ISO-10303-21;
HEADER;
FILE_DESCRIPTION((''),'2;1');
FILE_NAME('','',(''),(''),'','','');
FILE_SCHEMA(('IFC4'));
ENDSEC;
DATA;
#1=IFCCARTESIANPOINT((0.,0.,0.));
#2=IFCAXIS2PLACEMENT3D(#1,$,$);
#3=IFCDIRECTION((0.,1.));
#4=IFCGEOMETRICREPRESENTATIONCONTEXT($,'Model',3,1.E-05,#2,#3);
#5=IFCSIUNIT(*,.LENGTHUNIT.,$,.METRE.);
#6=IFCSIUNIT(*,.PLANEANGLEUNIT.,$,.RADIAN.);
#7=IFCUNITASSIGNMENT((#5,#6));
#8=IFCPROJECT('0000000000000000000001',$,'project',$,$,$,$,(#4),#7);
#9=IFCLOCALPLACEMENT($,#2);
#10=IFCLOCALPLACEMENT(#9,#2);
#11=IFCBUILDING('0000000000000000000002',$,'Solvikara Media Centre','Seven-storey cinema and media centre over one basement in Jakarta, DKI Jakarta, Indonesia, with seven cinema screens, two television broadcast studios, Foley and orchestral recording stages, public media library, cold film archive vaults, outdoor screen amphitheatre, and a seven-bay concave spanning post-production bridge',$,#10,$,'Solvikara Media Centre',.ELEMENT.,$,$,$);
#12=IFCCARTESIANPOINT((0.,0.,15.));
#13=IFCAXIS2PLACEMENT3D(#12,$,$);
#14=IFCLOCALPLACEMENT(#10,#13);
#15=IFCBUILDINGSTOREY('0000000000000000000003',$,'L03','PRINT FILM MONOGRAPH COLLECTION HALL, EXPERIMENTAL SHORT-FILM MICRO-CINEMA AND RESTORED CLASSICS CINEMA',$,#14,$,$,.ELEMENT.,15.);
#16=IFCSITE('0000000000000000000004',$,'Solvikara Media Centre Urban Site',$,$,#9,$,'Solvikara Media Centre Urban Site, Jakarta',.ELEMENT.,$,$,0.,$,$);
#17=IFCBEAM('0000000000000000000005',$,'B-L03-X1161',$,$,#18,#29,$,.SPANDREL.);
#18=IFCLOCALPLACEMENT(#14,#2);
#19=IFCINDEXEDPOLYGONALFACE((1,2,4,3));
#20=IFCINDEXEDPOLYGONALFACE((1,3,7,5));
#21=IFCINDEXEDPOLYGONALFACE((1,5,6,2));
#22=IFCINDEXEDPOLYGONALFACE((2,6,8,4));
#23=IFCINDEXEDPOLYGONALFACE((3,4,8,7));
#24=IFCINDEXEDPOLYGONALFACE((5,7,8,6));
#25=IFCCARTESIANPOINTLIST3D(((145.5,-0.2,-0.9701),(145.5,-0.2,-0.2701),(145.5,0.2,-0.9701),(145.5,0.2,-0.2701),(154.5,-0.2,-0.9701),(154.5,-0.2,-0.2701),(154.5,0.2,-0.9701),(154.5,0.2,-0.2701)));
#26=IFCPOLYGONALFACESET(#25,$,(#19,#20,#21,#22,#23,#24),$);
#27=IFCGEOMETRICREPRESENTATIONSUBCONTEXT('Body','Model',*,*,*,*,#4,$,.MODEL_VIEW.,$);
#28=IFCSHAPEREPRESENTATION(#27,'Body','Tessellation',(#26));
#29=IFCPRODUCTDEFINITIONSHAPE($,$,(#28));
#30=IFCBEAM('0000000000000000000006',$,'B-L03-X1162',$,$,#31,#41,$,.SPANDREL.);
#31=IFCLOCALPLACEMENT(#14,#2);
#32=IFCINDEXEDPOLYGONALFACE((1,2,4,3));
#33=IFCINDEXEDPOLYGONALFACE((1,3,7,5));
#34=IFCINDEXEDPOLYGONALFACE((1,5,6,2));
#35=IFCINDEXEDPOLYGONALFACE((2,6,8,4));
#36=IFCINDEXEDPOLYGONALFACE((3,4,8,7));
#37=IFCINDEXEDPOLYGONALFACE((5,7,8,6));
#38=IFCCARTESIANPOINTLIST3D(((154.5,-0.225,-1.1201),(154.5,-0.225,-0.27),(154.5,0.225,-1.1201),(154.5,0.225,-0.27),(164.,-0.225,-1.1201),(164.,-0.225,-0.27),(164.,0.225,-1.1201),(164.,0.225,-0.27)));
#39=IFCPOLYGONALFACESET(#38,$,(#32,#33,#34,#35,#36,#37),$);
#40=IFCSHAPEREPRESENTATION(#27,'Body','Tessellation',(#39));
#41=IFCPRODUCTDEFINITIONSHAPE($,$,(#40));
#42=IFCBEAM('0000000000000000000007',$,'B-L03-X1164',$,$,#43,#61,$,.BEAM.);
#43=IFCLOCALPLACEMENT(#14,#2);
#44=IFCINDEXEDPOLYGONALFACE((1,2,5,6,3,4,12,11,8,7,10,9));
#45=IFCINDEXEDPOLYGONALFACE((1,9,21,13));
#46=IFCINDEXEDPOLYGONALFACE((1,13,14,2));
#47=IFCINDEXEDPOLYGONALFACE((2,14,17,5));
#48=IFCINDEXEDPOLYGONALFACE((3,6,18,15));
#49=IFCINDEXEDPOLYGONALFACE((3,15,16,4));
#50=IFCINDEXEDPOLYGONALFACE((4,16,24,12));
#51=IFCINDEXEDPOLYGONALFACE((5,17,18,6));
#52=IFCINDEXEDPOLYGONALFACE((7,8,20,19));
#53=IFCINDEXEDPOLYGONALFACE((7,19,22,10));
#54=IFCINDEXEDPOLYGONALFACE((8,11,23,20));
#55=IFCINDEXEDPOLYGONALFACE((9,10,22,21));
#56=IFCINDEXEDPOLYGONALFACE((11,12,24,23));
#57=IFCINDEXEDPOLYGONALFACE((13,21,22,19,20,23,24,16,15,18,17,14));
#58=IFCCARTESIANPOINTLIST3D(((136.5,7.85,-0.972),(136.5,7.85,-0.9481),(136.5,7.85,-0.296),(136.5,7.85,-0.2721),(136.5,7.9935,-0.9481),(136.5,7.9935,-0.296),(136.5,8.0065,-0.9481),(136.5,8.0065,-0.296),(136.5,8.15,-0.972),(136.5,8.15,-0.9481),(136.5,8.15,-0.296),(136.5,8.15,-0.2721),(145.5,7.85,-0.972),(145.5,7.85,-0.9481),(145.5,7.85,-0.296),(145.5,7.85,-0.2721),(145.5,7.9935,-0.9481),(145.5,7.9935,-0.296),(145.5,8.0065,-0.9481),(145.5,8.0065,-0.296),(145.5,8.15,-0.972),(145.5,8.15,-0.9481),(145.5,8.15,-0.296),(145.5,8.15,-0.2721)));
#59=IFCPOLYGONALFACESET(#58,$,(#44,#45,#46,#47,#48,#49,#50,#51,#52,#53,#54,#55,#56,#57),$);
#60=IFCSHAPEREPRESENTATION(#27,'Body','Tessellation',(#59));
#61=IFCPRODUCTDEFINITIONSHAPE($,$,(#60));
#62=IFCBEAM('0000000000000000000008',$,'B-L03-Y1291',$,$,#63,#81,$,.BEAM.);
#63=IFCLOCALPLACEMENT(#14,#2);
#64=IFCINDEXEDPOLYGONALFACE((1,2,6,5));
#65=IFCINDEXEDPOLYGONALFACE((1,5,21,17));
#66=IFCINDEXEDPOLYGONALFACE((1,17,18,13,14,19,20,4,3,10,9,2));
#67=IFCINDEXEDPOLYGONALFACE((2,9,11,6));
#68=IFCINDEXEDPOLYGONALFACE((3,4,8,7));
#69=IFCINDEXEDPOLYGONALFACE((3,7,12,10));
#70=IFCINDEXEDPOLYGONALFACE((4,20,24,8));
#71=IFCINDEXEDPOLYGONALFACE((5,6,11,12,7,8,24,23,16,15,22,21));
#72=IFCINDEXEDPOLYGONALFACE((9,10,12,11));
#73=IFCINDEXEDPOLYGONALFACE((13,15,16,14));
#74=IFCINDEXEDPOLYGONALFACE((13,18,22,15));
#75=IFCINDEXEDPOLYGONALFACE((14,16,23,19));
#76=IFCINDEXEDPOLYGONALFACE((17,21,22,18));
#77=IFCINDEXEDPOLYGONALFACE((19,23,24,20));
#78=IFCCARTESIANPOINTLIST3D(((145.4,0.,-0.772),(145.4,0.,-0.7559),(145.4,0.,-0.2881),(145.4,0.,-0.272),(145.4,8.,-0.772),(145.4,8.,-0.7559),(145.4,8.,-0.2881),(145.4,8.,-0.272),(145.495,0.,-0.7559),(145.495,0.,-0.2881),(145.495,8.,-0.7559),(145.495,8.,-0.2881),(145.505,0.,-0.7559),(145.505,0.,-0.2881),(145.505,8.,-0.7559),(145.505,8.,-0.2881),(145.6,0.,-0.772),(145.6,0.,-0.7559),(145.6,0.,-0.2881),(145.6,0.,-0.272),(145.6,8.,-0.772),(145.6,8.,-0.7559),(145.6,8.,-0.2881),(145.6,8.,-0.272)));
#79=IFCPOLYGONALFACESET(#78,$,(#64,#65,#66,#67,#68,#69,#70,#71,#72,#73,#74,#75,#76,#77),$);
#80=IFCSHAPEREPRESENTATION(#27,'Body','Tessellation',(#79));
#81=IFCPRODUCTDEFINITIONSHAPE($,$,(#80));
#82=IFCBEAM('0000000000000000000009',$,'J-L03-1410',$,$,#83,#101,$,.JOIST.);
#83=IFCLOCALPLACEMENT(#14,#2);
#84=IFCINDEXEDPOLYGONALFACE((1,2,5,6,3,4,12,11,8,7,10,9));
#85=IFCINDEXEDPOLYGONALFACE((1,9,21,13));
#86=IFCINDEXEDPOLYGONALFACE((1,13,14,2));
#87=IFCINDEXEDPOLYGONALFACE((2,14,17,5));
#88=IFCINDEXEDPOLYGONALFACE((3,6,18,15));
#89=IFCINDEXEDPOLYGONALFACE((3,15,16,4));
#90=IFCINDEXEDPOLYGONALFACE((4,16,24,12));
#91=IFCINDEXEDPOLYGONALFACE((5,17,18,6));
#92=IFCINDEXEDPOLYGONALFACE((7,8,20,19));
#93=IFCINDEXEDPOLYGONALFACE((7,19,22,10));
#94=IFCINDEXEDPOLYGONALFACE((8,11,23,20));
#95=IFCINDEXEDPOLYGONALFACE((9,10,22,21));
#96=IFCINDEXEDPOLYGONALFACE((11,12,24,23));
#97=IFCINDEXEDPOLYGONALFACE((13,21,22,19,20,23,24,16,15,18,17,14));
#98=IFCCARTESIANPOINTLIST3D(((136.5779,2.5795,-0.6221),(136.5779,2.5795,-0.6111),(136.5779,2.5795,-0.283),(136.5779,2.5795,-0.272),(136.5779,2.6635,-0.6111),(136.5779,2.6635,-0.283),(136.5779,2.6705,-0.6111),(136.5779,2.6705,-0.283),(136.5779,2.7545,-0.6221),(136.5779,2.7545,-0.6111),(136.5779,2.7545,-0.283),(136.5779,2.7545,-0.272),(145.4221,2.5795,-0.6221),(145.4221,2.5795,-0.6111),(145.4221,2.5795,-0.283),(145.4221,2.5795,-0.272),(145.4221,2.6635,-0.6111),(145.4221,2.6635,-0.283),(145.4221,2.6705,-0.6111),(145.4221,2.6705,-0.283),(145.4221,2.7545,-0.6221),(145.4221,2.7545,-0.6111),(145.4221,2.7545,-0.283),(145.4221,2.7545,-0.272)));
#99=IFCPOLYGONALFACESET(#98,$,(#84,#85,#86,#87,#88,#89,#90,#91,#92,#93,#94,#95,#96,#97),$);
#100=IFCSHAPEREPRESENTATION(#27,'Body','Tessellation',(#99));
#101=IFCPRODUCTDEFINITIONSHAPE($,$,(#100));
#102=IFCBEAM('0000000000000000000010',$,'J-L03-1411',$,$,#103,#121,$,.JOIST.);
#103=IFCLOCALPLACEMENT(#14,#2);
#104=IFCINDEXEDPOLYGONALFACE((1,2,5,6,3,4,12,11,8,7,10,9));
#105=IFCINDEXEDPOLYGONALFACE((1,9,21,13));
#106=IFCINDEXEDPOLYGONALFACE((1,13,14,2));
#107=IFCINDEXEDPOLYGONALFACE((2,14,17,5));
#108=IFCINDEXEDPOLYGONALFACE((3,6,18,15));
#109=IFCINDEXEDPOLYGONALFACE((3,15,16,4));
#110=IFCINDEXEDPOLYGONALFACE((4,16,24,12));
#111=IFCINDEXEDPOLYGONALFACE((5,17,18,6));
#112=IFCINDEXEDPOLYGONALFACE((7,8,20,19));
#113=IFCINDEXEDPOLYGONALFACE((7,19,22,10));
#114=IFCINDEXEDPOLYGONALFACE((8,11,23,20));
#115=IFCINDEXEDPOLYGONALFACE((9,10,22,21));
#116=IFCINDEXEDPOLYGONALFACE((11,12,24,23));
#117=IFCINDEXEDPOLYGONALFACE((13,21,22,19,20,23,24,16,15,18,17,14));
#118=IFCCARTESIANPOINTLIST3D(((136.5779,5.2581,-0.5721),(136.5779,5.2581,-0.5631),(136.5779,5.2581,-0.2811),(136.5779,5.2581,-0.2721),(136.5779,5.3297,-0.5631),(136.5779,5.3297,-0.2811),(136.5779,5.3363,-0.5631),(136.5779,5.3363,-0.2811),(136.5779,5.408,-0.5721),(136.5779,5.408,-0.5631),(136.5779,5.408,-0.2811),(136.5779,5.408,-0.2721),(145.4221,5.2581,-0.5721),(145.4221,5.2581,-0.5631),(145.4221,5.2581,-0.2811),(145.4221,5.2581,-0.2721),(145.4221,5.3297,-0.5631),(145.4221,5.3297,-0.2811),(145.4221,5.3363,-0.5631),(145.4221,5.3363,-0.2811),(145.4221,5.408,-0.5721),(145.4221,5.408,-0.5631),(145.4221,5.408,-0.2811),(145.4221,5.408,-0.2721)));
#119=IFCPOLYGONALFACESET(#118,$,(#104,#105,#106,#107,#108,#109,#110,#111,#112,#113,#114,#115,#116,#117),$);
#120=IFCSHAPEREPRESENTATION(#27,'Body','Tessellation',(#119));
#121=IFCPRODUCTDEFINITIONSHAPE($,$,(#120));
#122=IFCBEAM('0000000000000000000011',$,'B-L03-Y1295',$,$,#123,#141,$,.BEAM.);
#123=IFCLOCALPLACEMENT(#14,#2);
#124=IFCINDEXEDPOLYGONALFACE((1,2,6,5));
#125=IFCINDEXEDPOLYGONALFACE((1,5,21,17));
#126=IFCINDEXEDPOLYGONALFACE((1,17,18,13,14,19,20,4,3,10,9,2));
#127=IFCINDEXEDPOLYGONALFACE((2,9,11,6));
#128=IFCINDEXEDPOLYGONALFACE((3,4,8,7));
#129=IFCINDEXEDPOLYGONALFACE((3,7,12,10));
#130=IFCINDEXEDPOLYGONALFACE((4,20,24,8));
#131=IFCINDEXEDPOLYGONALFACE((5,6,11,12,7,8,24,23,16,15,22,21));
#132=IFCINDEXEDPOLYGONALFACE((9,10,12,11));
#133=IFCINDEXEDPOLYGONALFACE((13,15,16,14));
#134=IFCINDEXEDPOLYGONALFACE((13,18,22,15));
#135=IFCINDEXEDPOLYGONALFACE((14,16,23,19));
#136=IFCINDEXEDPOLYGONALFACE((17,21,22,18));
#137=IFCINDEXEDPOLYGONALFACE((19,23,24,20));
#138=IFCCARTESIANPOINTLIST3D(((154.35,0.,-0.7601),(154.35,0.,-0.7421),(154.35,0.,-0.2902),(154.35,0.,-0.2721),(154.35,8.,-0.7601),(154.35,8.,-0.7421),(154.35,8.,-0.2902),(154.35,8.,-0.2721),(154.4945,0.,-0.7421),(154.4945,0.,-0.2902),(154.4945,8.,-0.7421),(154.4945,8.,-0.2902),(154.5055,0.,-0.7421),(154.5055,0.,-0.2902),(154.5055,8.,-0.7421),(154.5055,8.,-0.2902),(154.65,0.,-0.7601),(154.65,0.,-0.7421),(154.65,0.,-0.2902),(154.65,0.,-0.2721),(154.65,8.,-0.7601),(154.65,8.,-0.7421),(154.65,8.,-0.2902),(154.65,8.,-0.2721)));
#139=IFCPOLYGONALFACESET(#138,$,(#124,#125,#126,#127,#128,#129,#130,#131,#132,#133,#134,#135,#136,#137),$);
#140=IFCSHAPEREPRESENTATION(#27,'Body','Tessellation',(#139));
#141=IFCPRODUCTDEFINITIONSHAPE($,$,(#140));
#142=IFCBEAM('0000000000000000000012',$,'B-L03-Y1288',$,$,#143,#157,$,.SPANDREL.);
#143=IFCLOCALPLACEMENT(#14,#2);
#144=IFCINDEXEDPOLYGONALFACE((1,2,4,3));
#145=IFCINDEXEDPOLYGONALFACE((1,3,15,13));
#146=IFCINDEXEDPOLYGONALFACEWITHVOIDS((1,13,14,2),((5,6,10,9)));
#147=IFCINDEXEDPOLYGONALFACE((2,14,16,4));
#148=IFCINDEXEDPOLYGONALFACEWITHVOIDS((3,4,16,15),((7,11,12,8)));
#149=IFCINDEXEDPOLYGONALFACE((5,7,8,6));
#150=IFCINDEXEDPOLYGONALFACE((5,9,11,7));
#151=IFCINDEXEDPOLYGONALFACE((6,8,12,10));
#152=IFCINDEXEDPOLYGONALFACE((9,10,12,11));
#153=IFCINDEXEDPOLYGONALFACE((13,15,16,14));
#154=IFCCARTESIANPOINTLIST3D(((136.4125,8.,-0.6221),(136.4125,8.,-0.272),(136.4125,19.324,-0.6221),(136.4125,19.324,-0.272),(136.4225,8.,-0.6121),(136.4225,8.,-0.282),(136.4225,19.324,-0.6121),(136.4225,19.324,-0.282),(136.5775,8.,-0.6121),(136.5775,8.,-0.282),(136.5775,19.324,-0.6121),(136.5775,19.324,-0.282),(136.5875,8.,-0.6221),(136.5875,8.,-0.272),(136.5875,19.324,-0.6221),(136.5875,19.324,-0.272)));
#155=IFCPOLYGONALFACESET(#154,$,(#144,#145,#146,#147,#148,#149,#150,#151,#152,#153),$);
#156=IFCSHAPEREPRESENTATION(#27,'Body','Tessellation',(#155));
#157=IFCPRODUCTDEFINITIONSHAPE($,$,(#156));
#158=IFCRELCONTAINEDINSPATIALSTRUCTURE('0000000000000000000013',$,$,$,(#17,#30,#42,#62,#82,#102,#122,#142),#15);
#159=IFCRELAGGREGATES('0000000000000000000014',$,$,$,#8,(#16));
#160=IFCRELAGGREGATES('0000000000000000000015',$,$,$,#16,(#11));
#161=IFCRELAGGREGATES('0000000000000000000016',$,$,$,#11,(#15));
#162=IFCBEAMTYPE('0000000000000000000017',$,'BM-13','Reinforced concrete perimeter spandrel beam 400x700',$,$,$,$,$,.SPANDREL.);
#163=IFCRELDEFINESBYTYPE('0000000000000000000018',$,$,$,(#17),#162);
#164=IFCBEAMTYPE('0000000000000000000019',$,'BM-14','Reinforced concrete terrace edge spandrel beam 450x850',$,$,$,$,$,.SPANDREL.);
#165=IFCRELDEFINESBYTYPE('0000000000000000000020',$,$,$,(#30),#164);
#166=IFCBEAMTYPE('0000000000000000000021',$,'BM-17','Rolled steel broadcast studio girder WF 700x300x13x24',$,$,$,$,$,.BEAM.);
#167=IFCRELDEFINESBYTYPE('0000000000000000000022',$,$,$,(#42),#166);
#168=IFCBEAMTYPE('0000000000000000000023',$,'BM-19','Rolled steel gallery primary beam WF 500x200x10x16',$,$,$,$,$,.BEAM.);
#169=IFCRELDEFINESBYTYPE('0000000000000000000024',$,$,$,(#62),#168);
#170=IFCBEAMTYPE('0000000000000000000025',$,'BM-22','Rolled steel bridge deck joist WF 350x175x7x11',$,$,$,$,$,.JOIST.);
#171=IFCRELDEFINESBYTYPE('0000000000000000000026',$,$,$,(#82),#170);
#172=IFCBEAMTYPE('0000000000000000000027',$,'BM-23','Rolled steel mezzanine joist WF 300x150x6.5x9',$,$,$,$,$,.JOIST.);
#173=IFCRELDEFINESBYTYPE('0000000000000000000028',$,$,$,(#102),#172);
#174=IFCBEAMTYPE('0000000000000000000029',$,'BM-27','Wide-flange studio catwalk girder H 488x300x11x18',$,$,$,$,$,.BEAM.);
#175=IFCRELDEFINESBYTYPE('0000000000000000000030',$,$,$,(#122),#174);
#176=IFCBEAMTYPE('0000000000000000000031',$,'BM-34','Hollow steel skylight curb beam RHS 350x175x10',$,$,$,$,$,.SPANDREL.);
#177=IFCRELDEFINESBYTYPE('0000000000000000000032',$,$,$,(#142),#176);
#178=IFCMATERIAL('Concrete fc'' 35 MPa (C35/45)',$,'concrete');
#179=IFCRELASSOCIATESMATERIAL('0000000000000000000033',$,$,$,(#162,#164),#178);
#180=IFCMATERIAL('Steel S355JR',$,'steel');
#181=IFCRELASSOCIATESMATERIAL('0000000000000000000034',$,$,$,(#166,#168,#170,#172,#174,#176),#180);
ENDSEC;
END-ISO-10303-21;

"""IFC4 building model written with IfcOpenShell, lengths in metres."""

from ifc_helpers import new_model, si_unit, direction, frame, origin, origin_2d, place, context, subcontext, project, spatial, rectangle, hollow_rectangle, i_section, extrude, material, material_profile, profile_set, type_object, element, save


model = new_model("IFC4")

# Units and contexts
model_context = context("Model", 3, precision=1e-05, world=origin(), true_north=direction((0.0, 1.0)))
body_context = subcontext(model_context, "Body", "Model", "MODEL_VIEW")
ifc_project = project(units=[si_unit("LENGTHUNIT", "METRE"), si_unit("PLANEANGLEUNIT", "RADIAN")], contexts=[model_context])

# Site, building, storey
site_placement = place(None, origin())
site = spatial("IfcSite", under=ifc_project, at=site_placement, Name="Solvikara Media Centre Urban Site", LongName="Solvikara Media Centre Urban Site, Jakarta", CompositionType="ELEMENT", RefElevation=0.0)
building_placement = place(site_placement, origin())
building = spatial("IfcBuilding", under=site, at=building_placement, Name="Solvikara Media Centre", Description="Seven-storey cinema and media centre over one basement in Jakarta, DKI Jakarta, Indonesia, with seven cinema screens, two television broadcast studios, Foley and orchestral recording stages, public media library, cold film archive vaults, outdoor screen amphitheatre, and a seven-bay concave spanning post-production bridge", LongName="Solvikara Media Centre", CompositionType="ELEMENT")
storey_placement = place(building_placement, frame((0.0, 0.0, 15.0)))
storey = spatial("IfcBuildingStorey", under=building, at=storey_placement, Name="L03", Description="PRINT FILM MONOGRAPH COLLECTION HALL, EXPERIMENTAL SHORT-FILM MICRO-CINEMA AND RESTORED CLASSICS CINEMA", CompositionType="ELEMENT", Elevation=15.0)

# Beams
ifc_material_1 = material(Name="Concrete fc' 35 MPa (C35/45)", Category="concrete")
ifc_material_profile_1 = material_profile(ifc_material_1, rectangle(XDim=0.3999, YDim=0.7, at=origin_2d()), Name="RC 400x700")
ifc_profile_set_1 = profile_set([ifc_material_profile_1], Name="Concrete fc' 35 MPa (C35/45)")
beam_type_1 = type_object("IfcBeamType", Name="BM-13", Description="Reinforced concrete perimeter spandrel beam 400x700", PredefinedType="SPANDREL", material=ifc_profile_set_1)
beam_1_placement = place(storey_placement, frame((145.5, 0.0, -0.6201), z_axis=(1.0, 0.0, 0.0), x_axis=(0.0, 1.0, 0.0)))
element("IfcBeam", 1, at=beam_1_placement, inside=storey, type_object=beam_type_1, Name="B-L03-X1161", PredefinedType="SPANDREL", context=body_context, shape_type="SweptSolid", body=[
    extrude(rectangle(XDim=0.3999, YDim=0.7, at=origin_2d()), origin(), (0.0, 0.0, 1.0), 9.0),
])
ifc_material_profile_2 = material_profile(ifc_material_1, rectangle(XDim=0.45, YDim=0.8501, at=origin_2d()), Name="RC 450x850")
ifc_profile_set_2 = profile_set([ifc_material_profile_2], Name="Concrete fc' 35 MPa (C35/45)")
beam_type_2 = type_object("IfcBeamType", Name="BM-14", Description="Reinforced concrete terrace edge spandrel beam 450x850", PredefinedType="SPANDREL", material=ifc_profile_set_2)
beam_2_placement = place(storey_placement, frame((154.5, 0.0, -0.6951), z_axis=(1.0, 0.0, 0.0), x_axis=(0.0, 1.0, 0.0)))
element("IfcBeam", 2, at=beam_2_placement, inside=storey, type_object=beam_type_2, Name="B-L03-X1162", PredefinedType="SPANDREL", context=body_context, shape_type="SweptSolid", body=[
    extrude(rectangle(XDim=0.45, YDim=0.8501, at=origin_2d()), origin(), (0.0, 0.0, 1.0), 9.5),
])
ifc_material_2 = material(Name="Steel S355JR", Category="steel")
ifc_material_profile_3 = material_profile(ifc_material_2, i_section(OverallWidth=0.3, OverallDepth=0.7, WebThickness=0.0129, FlangeThickness=0.0239, at=origin_2d()), Name="WF 700x300x13x24")
ifc_profile_set_3 = profile_set([ifc_material_profile_3], Name="Steel S355JR")
beam_type_3 = type_object("IfcBeamType", Name="BM-17", Description="Rolled steel broadcast studio girder WF 700x300x13x24", PredefinedType="BEAM", material=ifc_profile_set_3)
beam_3_placement = place(storey_placement, frame((136.5, 8.0, -0.6221), z_axis=(1.0, 0.0, 0.0), x_axis=(0.0, 1.0, 0.0)))
element("IfcBeam", 3, at=beam_3_placement, inside=storey, type_object=beam_type_3, Name="B-L03-X1164", PredefinedType="BEAM", context=body_context, shape_type="SweptSolid", body=[
    extrude(i_section(OverallWidth=0.3, OverallDepth=0.7, WebThickness=0.0129, FlangeThickness=0.0239, at=origin_2d()), origin(), (0.0, 0.0, 1.0), 9.0),
])
ifc_material_profile_4 = material_profile(ifc_material_2, i_section(OverallWidth=0.2, OverallDepth=0.5, WebThickness=0.01, FlangeThickness=0.0161, at=origin_2d()), Name="WF 500x200x10x16")
ifc_profile_set_4 = profile_set([ifc_material_profile_4], Name="Steel S355JR")
beam_type_4 = type_object("IfcBeamType", Name="BM-19", Description="Rolled steel gallery primary beam WF 500x200x10x16", PredefinedType="BEAM", material=ifc_profile_set_4)
beam_4_placement = place(storey_placement, frame((145.5, 0.0, -0.522), z_axis=(0.0, 1.0, 0.0), x_axis=(-1.0, 0.0, 0.0)))
element("IfcBeam", 4, at=beam_4_placement, inside=storey, type_object=beam_type_4, Name="B-L03-Y1291", PredefinedType="BEAM", context=body_context, shape_type="SweptSolid", body=[
    extrude(i_section(OverallWidth=0.2, OverallDepth=0.5, WebThickness=0.01, FlangeThickness=0.0161, at=origin_2d()), origin(), (0.0, 0.0, 1.0), 8.0),
])
ifc_material_profile_5 = material_profile(ifc_material_2, i_section(OverallWidth=0.175, OverallDepth=0.3501, WebThickness=0.0071, FlangeThickness=0.011, at=origin_2d()), Name="WF 350x175x7x11")
ifc_profile_set_5 = profile_set([ifc_material_profile_5], Name="Steel S355JR")
beam_type_5 = type_object("IfcBeamType", Name="BM-22", Description="Rolled steel bridge deck joist WF 350x175x7x11", PredefinedType="JOIST", material=ifc_profile_set_5)
beam_5_placement = place(storey_placement, frame((136.5779, 2.667, -0.447), z_axis=(1.0, 0.0, 0.0), x_axis=(0.0, 1.0, 0.0)))
element("IfcBeam", 5, at=beam_5_placement, inside=storey, type_object=beam_type_5, Name="J-L03-1410", PredefinedType="JOIST", context=body_context, shape_type="SweptSolid", body=[
    extrude(i_section(OverallWidth=0.175, OverallDepth=0.3501, WebThickness=0.0071, FlangeThickness=0.011, at=origin_2d()), origin(), (0.0, 0.0, 1.0), 8.8442),
])
ifc_material_profile_6 = material_profile(ifc_material_2, i_section(OverallWidth=0.1499, OverallDepth=0.3, WebThickness=0.0066, FlangeThickness=0.009, at=origin_2d()), Name="WF 300x150x6.5x9")
ifc_profile_set_6 = profile_set([ifc_material_profile_6], Name="Steel S355JR")
beam_type_6 = type_object("IfcBeamType", Name="BM-23", Description="Rolled steel mezzanine joist WF 300x150x6.5x9", PredefinedType="JOIST", material=ifc_profile_set_6)
beam_6_placement = place(storey_placement, frame((136.5779, 5.333, -0.4221), z_axis=(1.0, 0.0, 0.0), x_axis=(0.0, 1.0, 0.0)))
element("IfcBeam", 6, at=beam_6_placement, inside=storey, type_object=beam_type_6, Name="J-L03-1411", PredefinedType="JOIST", context=body_context, shape_type="SweptSolid", body=[
    extrude(i_section(OverallWidth=0.1499, OverallDepth=0.3, WebThickness=0.0066, FlangeThickness=0.009, at=origin_2d()), origin(), (0.0, 0.0, 1.0), 8.8442),
])
ifc_material_profile_7 = material_profile(ifc_material_2, i_section(OverallWidth=0.3, OverallDepth=0.488, WebThickness=0.011, FlangeThickness=0.0181, at=origin_2d()), Name="H 488x300x11x18")
ifc_profile_set_7 = profile_set([ifc_material_profile_7], Name="Steel S355JR")
beam_type_7 = type_object("IfcBeamType", Name="BM-27", Description="Wide-flange studio catwalk girder H 488x300x11x18", PredefinedType="BEAM", material=ifc_profile_set_7)
beam_7_placement = place(storey_placement, frame((154.5, 0.0, -0.5161), z_axis=(0.0, 1.0, 0.0), x_axis=(-1.0, 0.0, 0.0)))
element("IfcBeam", 7, at=beam_7_placement, inside=storey, type_object=beam_type_7, Name="B-L03-Y1295", PredefinedType="BEAM", context=body_context, shape_type="SweptSolid", body=[
    extrude(i_section(OverallWidth=0.3, OverallDepth=0.488, WebThickness=0.011, FlangeThickness=0.0181, at=origin_2d()), origin(), (0.0, 0.0, 1.0), 8.0),
])
ifc_material_profile_8 = material_profile(ifc_material_2, hollow_rectangle(XDim=0.175, YDim=0.3501, WallThickness=0.01, at=origin_2d()), Name="RHS 350x175x10")
ifc_profile_set_8 = profile_set([ifc_material_profile_8], Name="Steel S355JR")
beam_type_8 = type_object("IfcBeamType", Name="BM-34", Description="Hollow steel skylight curb beam RHS 350x175x10", PredefinedType="SPANDREL", material=ifc_profile_set_8)
beam_8_placement = place(storey_placement, frame((136.5, 8.0, -0.447), z_axis=(0.0, 1.0, 0.0), x_axis=(-1.0, 0.0, 0.0)))
element("IfcBeam", 8, at=beam_8_placement, inside=storey, type_object=beam_type_8, Name="B-L03-Y1288", PredefinedType="SPANDREL", context=body_context, shape_type="SweptSolid", body=[
    extrude(hollow_rectangle(XDim=0.175, YDim=0.3501, WallThickness=0.01, at=origin_2d()), origin(), (0.0, 0.0, 1.0), 11.324),
])

save(model, "model.ifc")
